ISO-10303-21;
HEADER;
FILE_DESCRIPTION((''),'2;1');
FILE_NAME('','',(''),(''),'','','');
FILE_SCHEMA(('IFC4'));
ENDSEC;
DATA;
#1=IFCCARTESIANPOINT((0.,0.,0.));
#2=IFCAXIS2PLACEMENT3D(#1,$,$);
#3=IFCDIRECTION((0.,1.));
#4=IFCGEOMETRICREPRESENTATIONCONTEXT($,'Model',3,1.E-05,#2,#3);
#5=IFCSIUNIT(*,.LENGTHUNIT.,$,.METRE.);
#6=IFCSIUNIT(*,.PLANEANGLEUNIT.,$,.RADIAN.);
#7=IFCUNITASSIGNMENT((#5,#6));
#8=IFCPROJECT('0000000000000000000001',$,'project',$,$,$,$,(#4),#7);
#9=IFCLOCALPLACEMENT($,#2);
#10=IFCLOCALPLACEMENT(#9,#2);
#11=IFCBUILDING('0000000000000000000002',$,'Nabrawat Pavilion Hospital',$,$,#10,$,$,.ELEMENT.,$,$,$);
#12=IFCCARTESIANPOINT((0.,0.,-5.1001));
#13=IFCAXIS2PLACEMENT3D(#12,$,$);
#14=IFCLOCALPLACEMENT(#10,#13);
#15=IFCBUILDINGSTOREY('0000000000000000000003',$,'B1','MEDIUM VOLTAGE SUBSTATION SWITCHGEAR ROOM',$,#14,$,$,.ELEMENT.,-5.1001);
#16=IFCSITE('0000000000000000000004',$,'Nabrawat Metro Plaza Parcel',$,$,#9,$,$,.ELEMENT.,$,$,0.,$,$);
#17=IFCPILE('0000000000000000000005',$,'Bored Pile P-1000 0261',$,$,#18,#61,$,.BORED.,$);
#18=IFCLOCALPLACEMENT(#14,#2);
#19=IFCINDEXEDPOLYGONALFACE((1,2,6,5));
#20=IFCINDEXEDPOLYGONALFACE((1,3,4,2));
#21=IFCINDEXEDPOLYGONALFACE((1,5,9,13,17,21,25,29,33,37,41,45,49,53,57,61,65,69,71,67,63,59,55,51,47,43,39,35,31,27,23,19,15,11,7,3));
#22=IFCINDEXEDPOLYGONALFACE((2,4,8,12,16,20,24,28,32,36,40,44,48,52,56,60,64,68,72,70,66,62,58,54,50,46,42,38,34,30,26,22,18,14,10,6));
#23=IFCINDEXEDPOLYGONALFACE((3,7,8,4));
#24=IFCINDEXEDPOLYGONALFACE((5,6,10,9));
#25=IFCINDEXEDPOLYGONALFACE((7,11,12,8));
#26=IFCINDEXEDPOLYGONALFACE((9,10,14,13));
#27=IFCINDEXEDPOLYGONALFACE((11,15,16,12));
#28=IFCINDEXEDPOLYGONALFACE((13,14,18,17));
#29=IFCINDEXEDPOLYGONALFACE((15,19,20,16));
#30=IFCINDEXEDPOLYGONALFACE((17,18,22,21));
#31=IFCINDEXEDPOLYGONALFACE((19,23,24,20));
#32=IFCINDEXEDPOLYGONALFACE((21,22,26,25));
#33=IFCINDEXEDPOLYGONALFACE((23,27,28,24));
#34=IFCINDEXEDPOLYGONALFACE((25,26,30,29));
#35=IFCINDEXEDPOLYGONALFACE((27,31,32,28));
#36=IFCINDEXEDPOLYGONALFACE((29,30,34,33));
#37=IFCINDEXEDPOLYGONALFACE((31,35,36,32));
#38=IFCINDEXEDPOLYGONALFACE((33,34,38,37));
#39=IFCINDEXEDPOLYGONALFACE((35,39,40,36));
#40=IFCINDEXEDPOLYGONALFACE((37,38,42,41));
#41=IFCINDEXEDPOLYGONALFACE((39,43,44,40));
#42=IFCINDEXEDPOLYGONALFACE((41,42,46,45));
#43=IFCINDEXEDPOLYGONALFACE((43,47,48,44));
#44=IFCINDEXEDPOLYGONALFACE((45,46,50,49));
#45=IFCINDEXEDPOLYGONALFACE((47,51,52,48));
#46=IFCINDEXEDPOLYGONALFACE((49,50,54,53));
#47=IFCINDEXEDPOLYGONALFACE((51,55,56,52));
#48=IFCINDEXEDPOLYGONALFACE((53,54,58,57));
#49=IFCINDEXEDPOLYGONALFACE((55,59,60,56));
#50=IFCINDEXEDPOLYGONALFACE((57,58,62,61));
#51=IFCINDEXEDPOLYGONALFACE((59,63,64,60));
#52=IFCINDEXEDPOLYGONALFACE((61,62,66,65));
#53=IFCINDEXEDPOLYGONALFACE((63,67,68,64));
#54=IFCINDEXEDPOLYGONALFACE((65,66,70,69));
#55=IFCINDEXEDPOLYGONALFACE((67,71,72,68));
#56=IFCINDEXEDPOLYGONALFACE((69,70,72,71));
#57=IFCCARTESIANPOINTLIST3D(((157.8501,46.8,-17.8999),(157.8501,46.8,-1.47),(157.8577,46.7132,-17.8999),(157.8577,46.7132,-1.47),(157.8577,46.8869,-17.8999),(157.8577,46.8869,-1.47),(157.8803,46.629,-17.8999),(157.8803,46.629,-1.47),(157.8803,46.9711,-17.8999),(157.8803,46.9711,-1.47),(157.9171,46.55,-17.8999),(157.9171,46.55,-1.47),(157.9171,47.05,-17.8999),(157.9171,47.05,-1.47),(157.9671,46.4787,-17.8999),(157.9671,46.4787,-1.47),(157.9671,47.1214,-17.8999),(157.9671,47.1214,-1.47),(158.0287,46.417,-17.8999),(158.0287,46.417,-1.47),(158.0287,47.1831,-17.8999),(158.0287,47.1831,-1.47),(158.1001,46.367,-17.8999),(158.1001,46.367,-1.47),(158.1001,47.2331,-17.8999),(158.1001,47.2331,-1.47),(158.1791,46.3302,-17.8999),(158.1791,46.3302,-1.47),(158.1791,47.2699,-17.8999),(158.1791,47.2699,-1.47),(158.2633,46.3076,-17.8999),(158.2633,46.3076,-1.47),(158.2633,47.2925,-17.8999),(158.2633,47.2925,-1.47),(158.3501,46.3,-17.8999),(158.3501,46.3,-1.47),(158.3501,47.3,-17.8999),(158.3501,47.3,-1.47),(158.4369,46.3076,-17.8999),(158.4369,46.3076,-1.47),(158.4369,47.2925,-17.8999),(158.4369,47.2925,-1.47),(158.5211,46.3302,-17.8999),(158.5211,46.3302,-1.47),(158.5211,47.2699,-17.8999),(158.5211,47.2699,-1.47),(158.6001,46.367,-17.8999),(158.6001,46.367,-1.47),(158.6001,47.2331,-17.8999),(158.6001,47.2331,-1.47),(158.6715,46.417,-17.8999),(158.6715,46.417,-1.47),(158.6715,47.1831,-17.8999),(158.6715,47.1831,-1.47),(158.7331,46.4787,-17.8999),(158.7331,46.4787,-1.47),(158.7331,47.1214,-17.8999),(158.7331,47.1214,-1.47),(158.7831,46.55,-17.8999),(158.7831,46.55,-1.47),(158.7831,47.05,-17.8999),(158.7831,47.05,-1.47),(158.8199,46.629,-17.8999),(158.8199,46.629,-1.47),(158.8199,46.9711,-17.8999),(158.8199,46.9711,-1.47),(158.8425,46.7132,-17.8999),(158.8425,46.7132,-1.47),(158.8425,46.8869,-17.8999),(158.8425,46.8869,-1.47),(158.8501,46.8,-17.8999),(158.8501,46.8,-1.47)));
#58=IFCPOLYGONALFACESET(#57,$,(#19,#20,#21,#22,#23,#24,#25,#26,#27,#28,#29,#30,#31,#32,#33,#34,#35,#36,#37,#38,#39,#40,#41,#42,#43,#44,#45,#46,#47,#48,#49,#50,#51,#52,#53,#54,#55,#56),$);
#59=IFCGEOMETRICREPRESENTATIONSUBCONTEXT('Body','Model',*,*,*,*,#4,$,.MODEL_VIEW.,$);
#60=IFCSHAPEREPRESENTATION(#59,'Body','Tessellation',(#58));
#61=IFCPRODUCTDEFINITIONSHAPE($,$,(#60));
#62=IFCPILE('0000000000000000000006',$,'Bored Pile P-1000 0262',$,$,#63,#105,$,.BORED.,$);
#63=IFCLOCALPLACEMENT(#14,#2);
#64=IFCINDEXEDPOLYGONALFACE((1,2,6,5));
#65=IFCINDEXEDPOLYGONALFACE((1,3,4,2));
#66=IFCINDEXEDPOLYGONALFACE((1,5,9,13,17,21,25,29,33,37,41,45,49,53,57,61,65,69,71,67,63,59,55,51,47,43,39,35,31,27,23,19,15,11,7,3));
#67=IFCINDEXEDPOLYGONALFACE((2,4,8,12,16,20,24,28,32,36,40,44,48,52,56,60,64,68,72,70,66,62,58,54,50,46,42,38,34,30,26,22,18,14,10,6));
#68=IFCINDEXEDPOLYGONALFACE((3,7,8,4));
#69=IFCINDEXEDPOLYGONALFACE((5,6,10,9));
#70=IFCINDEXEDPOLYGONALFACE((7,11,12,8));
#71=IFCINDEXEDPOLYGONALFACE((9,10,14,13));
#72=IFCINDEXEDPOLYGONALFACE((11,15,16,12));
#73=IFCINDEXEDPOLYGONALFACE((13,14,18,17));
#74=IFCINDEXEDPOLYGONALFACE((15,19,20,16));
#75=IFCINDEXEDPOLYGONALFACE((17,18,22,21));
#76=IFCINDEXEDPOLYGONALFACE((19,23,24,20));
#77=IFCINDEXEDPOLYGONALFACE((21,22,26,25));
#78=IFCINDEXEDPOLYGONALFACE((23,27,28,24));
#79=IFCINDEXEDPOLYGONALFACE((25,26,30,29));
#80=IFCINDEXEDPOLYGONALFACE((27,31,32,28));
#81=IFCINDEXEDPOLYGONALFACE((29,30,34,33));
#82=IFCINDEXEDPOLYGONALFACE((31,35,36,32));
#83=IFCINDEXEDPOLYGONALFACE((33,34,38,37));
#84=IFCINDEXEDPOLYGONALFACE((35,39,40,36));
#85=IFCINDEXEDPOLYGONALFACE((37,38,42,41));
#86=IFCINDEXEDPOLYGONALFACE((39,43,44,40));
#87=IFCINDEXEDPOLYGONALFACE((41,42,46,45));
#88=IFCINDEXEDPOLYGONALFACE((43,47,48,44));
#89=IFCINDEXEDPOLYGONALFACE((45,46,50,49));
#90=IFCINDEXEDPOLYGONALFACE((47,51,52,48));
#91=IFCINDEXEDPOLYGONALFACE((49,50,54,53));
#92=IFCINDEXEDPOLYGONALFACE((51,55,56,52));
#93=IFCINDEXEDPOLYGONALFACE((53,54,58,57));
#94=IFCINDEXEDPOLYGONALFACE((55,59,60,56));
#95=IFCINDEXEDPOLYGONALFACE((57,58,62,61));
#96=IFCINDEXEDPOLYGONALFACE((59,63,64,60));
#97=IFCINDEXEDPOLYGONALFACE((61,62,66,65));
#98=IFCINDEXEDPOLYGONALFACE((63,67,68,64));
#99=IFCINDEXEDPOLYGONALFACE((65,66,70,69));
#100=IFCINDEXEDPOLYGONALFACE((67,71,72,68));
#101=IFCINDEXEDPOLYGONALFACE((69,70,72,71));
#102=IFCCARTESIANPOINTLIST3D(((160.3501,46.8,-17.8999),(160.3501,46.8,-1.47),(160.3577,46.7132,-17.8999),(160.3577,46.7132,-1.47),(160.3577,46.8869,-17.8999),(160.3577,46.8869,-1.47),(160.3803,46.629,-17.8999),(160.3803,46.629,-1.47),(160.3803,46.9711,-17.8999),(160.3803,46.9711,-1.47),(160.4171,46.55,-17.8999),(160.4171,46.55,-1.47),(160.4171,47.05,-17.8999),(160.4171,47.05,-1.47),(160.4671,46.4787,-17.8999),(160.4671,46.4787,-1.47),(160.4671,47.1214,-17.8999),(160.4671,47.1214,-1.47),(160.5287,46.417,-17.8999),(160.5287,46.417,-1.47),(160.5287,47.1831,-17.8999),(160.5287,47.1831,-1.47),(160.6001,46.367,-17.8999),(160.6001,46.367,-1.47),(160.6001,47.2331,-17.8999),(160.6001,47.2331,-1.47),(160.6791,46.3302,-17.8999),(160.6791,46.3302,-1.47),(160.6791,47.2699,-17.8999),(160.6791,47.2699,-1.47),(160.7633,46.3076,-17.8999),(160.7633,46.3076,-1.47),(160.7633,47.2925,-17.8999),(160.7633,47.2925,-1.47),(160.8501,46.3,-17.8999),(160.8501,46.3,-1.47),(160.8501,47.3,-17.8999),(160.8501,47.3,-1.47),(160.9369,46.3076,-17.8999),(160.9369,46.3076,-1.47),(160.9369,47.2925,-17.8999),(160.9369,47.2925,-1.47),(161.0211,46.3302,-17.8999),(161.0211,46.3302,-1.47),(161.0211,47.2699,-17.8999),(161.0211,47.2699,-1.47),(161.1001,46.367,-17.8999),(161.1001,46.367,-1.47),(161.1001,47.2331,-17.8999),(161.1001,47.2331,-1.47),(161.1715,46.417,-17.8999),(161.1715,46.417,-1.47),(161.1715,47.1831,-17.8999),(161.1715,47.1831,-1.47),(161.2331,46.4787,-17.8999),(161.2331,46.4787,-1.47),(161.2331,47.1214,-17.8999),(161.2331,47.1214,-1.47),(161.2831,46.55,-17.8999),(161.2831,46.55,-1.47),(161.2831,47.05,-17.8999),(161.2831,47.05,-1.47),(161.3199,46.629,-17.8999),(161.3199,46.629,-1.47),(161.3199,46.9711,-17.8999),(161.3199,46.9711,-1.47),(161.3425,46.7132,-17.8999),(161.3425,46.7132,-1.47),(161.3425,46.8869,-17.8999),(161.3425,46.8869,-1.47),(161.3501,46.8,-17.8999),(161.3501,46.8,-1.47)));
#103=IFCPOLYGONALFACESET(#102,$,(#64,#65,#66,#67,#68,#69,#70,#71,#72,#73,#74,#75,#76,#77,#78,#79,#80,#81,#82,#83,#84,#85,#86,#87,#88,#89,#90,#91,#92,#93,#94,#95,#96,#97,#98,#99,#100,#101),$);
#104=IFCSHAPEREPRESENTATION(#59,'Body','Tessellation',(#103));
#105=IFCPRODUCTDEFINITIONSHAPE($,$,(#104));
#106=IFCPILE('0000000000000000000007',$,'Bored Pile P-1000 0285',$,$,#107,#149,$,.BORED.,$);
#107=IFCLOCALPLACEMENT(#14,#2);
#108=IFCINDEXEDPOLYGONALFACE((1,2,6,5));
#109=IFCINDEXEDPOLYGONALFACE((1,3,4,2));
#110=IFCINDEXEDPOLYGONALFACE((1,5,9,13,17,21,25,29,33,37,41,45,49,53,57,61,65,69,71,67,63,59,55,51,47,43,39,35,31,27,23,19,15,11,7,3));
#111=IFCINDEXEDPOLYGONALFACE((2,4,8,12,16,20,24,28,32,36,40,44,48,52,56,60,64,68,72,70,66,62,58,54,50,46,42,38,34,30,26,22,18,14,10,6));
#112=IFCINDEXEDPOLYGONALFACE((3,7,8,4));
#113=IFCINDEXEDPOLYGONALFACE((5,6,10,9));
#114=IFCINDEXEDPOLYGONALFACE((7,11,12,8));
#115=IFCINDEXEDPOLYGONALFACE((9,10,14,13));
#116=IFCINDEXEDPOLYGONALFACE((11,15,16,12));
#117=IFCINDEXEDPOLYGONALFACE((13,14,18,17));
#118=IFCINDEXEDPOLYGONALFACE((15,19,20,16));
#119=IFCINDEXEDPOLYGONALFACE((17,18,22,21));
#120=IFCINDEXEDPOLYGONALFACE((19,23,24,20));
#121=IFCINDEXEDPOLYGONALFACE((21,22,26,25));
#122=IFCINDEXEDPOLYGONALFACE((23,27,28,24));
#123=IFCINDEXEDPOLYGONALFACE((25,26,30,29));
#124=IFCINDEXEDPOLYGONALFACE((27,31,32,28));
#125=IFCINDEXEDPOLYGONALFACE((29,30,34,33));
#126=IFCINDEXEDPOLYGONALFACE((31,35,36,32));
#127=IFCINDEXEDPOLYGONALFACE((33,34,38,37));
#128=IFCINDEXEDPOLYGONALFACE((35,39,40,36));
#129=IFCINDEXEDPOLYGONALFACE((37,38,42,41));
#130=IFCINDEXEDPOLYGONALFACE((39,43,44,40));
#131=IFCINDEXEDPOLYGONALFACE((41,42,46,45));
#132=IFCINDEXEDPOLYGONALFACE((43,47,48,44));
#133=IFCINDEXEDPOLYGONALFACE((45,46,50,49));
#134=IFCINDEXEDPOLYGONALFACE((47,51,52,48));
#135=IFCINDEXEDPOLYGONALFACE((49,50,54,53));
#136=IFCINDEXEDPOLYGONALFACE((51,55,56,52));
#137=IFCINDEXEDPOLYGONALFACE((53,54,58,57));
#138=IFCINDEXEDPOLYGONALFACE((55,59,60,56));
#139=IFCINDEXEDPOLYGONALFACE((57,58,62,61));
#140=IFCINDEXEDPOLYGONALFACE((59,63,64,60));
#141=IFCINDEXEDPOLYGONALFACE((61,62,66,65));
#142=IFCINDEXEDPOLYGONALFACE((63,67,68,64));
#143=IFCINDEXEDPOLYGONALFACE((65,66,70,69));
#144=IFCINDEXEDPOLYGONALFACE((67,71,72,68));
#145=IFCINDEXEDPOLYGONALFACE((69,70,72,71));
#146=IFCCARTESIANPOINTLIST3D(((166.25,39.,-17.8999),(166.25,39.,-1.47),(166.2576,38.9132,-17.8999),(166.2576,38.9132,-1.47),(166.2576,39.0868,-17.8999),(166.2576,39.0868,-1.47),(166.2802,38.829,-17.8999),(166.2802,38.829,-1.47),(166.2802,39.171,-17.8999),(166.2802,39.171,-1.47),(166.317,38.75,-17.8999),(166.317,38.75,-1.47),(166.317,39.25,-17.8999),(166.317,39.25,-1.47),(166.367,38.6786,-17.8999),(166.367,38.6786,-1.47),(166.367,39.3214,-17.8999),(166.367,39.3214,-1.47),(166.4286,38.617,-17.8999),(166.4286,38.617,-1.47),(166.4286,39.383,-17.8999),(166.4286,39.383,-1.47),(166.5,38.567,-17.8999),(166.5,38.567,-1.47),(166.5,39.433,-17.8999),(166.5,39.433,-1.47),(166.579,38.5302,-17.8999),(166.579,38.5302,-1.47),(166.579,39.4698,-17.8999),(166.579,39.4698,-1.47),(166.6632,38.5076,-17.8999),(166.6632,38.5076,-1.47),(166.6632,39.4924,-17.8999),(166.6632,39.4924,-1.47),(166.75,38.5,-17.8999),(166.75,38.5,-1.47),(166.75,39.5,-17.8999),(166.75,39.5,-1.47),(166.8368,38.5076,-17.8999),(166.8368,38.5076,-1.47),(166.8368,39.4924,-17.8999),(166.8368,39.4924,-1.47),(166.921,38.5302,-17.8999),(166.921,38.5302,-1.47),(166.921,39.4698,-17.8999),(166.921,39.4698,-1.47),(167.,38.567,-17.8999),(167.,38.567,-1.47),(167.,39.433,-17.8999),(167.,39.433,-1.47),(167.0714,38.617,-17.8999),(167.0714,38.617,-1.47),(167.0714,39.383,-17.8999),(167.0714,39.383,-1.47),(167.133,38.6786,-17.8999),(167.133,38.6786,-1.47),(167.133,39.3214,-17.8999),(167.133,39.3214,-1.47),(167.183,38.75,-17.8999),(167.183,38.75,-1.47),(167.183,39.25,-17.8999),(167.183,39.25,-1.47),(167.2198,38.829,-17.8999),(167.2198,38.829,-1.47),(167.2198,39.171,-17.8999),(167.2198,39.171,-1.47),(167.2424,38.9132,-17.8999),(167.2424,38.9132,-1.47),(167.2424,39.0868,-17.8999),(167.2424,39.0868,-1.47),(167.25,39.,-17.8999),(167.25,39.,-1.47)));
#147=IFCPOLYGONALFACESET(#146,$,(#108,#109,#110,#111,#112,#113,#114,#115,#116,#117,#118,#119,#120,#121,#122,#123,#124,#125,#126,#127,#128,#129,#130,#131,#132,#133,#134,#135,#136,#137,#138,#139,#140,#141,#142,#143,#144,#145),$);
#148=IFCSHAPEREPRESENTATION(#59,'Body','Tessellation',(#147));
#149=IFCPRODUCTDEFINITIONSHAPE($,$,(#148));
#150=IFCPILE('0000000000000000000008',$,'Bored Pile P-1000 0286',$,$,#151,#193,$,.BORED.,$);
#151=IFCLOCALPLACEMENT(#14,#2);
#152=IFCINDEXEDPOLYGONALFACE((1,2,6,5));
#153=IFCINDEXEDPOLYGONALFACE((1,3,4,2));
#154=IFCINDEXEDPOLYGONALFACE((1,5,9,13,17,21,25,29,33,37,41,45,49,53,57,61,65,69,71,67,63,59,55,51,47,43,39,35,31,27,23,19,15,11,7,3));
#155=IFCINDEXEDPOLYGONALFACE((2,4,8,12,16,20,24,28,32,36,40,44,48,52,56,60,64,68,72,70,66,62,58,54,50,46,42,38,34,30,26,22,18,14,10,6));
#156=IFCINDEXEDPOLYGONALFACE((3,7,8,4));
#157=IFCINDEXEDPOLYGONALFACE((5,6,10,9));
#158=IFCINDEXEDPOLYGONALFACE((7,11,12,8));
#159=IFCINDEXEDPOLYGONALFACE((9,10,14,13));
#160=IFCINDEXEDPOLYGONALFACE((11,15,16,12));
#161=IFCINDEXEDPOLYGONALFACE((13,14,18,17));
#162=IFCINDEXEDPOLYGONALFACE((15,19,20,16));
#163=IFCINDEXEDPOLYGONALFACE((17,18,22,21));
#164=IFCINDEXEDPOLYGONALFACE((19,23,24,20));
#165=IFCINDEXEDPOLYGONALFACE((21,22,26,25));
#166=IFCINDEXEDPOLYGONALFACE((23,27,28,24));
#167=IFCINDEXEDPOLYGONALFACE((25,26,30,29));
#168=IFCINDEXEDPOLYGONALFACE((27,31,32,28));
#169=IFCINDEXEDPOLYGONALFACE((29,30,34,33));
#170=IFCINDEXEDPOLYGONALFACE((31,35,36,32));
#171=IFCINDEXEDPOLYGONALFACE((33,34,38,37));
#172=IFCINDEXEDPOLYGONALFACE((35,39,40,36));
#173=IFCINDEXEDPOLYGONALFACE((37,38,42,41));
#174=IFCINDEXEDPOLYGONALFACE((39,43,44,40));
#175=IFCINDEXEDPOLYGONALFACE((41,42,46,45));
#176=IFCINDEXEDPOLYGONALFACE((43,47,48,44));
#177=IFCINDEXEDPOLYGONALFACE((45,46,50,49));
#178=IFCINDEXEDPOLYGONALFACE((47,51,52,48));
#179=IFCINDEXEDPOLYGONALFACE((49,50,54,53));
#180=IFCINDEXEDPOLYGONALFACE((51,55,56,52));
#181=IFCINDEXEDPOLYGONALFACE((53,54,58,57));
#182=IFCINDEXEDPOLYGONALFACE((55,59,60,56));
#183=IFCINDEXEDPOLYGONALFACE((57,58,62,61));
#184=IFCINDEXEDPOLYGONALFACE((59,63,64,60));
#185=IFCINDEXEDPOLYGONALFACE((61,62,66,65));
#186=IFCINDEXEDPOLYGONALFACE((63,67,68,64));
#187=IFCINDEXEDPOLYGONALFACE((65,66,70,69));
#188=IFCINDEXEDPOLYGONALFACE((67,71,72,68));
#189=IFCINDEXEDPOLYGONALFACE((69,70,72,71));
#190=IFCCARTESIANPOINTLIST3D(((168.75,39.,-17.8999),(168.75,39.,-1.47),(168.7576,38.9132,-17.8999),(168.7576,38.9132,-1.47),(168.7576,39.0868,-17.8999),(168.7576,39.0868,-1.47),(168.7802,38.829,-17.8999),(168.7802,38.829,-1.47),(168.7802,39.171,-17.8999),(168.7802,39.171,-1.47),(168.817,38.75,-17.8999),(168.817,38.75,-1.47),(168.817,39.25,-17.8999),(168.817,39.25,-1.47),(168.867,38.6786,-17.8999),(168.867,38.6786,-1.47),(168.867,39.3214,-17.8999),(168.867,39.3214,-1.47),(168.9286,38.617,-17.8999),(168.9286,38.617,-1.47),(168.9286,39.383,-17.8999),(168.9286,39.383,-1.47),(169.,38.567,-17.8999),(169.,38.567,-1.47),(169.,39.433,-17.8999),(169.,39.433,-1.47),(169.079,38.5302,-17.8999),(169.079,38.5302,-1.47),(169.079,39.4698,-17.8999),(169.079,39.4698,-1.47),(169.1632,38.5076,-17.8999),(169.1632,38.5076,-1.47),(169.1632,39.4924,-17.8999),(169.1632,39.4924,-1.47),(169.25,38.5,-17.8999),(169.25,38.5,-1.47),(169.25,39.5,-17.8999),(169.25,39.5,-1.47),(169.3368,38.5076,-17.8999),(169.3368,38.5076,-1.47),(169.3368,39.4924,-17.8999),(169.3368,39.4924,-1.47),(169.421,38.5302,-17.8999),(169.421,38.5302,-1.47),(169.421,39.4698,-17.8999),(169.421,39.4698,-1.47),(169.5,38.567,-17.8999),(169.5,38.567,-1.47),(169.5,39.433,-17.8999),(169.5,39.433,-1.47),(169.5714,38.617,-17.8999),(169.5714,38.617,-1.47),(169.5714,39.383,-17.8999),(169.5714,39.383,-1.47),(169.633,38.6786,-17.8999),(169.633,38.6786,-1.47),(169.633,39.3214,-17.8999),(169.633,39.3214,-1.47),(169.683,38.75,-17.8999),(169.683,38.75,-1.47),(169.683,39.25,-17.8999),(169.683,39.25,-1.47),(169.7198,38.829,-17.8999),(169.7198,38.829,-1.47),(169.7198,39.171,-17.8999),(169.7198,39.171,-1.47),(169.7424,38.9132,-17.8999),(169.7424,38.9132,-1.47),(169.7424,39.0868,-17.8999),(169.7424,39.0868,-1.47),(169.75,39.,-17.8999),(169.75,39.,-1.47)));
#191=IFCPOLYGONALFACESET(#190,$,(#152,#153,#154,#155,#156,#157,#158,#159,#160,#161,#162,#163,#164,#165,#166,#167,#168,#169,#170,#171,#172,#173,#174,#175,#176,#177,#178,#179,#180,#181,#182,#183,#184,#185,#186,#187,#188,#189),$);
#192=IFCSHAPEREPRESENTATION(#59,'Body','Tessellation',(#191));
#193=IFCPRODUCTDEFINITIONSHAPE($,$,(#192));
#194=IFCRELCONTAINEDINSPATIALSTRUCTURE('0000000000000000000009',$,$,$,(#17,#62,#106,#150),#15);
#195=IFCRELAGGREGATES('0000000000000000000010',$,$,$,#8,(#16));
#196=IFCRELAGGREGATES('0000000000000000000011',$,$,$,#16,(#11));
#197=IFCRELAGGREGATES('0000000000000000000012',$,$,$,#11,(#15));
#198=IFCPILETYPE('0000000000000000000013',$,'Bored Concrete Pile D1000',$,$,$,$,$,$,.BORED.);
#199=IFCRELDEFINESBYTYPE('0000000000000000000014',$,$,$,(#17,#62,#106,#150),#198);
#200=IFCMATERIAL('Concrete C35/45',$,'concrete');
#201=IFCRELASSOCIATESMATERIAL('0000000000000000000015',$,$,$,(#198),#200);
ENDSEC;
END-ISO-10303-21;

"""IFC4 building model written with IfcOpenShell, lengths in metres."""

from ifc_helpers import new_model, si_unit, direction, frame, origin, origin_2d, place, context, subcontext, project, spatial, circle, extrude, material, material_profile, profile_set, type_object, element, save


model = new_model("IFC4")

# Units and contexts
model_context = context("Model", 3, precision=1e-05, world=origin(), true_north=direction((0.0, 1.0)))
body_context = subcontext(model_context, "Body", "Model", "MODEL_VIEW")
ifc_project = project(units=[si_unit("LENGTHUNIT", "METRE"), si_unit("PLANEANGLEUNIT", "RADIAN")], contexts=[model_context])

# Site, building, storey
site_placement = place(None, origin())
site = spatial("IfcSite", under=ifc_project, at=site_placement, Name="Nabrawat Metro Plaza Parcel", CompositionType="ELEMENT", RefElevation=0.0)
building_placement = place(site_placement, origin())
building = spatial("IfcBuilding", under=site, at=building_placement, Name="Nabrawat Pavilion Hospital", CompositionType="ELEMENT")
storey_placement = place(building_placement, frame((0.0, 0.0, -5.1001)))
storey = spatial("IfcBuildingStorey", under=building, at=storey_placement, Name="B1", Description="MEDIUM VOLTAGE SUBSTATION SWITCHGEAR ROOM", CompositionType="ELEMENT", Elevation=-5.1001)

# Piles
ifc_material_1 = material(Name="Concrete C35/45", Category="concrete")
ifc_material_profile_1 = material_profile(ifc_material_1, circle(Radius=0.5, at=origin_2d()), Name="DIA 1000")
ifc_profile_set_1 = profile_set([ifc_material_profile_1], Name="Concrete C35/45")
pile_type_1 = type_object("IfcPileType", Name="Bored Concrete Pile D1000", PredefinedType="BORED", material=ifc_profile_set_1)
for number, where, z_axis, x_axis, name in (
    (1, (158.3501, 46.8, -1.47), (0.0, 0.0, -1.0), (1.0, 0.0, 0.0), "Bored Pile P-1000 0261"),
    (2, (160.8501, 46.8, -1.47), (0.0, 0.0, -1.0), (1.0, 0.0, 0.0), "Bored Pile P-1000 0262"),
    (3, (166.75, 39.0, -1.47), (0.0, 0.0, -1.0), (1.0, 0.0, 0.0), "Bored Pile P-1000 0285"),
    (4, (169.25, 39.0, -1.47), (0.0, 0.0, -1.0), (1.0, 0.0, 0.0), "Bored Pile P-1000 0286"),
):
    element("IfcPile", number, at=place(storey_placement, frame(where, z_axis=z_axis, x_axis=x_axis)), inside=storey, type_object=pile_type_1, Name=name, PredefinedType="BORED", context=body_context, shape_type="SweptSolid", body=[
        extrude(circle(Radius=0.5, at=origin_2d()), origin(), (0.0, 0.0, 1.0), 16.4299),
    ])

save(model, "model.ifc")
